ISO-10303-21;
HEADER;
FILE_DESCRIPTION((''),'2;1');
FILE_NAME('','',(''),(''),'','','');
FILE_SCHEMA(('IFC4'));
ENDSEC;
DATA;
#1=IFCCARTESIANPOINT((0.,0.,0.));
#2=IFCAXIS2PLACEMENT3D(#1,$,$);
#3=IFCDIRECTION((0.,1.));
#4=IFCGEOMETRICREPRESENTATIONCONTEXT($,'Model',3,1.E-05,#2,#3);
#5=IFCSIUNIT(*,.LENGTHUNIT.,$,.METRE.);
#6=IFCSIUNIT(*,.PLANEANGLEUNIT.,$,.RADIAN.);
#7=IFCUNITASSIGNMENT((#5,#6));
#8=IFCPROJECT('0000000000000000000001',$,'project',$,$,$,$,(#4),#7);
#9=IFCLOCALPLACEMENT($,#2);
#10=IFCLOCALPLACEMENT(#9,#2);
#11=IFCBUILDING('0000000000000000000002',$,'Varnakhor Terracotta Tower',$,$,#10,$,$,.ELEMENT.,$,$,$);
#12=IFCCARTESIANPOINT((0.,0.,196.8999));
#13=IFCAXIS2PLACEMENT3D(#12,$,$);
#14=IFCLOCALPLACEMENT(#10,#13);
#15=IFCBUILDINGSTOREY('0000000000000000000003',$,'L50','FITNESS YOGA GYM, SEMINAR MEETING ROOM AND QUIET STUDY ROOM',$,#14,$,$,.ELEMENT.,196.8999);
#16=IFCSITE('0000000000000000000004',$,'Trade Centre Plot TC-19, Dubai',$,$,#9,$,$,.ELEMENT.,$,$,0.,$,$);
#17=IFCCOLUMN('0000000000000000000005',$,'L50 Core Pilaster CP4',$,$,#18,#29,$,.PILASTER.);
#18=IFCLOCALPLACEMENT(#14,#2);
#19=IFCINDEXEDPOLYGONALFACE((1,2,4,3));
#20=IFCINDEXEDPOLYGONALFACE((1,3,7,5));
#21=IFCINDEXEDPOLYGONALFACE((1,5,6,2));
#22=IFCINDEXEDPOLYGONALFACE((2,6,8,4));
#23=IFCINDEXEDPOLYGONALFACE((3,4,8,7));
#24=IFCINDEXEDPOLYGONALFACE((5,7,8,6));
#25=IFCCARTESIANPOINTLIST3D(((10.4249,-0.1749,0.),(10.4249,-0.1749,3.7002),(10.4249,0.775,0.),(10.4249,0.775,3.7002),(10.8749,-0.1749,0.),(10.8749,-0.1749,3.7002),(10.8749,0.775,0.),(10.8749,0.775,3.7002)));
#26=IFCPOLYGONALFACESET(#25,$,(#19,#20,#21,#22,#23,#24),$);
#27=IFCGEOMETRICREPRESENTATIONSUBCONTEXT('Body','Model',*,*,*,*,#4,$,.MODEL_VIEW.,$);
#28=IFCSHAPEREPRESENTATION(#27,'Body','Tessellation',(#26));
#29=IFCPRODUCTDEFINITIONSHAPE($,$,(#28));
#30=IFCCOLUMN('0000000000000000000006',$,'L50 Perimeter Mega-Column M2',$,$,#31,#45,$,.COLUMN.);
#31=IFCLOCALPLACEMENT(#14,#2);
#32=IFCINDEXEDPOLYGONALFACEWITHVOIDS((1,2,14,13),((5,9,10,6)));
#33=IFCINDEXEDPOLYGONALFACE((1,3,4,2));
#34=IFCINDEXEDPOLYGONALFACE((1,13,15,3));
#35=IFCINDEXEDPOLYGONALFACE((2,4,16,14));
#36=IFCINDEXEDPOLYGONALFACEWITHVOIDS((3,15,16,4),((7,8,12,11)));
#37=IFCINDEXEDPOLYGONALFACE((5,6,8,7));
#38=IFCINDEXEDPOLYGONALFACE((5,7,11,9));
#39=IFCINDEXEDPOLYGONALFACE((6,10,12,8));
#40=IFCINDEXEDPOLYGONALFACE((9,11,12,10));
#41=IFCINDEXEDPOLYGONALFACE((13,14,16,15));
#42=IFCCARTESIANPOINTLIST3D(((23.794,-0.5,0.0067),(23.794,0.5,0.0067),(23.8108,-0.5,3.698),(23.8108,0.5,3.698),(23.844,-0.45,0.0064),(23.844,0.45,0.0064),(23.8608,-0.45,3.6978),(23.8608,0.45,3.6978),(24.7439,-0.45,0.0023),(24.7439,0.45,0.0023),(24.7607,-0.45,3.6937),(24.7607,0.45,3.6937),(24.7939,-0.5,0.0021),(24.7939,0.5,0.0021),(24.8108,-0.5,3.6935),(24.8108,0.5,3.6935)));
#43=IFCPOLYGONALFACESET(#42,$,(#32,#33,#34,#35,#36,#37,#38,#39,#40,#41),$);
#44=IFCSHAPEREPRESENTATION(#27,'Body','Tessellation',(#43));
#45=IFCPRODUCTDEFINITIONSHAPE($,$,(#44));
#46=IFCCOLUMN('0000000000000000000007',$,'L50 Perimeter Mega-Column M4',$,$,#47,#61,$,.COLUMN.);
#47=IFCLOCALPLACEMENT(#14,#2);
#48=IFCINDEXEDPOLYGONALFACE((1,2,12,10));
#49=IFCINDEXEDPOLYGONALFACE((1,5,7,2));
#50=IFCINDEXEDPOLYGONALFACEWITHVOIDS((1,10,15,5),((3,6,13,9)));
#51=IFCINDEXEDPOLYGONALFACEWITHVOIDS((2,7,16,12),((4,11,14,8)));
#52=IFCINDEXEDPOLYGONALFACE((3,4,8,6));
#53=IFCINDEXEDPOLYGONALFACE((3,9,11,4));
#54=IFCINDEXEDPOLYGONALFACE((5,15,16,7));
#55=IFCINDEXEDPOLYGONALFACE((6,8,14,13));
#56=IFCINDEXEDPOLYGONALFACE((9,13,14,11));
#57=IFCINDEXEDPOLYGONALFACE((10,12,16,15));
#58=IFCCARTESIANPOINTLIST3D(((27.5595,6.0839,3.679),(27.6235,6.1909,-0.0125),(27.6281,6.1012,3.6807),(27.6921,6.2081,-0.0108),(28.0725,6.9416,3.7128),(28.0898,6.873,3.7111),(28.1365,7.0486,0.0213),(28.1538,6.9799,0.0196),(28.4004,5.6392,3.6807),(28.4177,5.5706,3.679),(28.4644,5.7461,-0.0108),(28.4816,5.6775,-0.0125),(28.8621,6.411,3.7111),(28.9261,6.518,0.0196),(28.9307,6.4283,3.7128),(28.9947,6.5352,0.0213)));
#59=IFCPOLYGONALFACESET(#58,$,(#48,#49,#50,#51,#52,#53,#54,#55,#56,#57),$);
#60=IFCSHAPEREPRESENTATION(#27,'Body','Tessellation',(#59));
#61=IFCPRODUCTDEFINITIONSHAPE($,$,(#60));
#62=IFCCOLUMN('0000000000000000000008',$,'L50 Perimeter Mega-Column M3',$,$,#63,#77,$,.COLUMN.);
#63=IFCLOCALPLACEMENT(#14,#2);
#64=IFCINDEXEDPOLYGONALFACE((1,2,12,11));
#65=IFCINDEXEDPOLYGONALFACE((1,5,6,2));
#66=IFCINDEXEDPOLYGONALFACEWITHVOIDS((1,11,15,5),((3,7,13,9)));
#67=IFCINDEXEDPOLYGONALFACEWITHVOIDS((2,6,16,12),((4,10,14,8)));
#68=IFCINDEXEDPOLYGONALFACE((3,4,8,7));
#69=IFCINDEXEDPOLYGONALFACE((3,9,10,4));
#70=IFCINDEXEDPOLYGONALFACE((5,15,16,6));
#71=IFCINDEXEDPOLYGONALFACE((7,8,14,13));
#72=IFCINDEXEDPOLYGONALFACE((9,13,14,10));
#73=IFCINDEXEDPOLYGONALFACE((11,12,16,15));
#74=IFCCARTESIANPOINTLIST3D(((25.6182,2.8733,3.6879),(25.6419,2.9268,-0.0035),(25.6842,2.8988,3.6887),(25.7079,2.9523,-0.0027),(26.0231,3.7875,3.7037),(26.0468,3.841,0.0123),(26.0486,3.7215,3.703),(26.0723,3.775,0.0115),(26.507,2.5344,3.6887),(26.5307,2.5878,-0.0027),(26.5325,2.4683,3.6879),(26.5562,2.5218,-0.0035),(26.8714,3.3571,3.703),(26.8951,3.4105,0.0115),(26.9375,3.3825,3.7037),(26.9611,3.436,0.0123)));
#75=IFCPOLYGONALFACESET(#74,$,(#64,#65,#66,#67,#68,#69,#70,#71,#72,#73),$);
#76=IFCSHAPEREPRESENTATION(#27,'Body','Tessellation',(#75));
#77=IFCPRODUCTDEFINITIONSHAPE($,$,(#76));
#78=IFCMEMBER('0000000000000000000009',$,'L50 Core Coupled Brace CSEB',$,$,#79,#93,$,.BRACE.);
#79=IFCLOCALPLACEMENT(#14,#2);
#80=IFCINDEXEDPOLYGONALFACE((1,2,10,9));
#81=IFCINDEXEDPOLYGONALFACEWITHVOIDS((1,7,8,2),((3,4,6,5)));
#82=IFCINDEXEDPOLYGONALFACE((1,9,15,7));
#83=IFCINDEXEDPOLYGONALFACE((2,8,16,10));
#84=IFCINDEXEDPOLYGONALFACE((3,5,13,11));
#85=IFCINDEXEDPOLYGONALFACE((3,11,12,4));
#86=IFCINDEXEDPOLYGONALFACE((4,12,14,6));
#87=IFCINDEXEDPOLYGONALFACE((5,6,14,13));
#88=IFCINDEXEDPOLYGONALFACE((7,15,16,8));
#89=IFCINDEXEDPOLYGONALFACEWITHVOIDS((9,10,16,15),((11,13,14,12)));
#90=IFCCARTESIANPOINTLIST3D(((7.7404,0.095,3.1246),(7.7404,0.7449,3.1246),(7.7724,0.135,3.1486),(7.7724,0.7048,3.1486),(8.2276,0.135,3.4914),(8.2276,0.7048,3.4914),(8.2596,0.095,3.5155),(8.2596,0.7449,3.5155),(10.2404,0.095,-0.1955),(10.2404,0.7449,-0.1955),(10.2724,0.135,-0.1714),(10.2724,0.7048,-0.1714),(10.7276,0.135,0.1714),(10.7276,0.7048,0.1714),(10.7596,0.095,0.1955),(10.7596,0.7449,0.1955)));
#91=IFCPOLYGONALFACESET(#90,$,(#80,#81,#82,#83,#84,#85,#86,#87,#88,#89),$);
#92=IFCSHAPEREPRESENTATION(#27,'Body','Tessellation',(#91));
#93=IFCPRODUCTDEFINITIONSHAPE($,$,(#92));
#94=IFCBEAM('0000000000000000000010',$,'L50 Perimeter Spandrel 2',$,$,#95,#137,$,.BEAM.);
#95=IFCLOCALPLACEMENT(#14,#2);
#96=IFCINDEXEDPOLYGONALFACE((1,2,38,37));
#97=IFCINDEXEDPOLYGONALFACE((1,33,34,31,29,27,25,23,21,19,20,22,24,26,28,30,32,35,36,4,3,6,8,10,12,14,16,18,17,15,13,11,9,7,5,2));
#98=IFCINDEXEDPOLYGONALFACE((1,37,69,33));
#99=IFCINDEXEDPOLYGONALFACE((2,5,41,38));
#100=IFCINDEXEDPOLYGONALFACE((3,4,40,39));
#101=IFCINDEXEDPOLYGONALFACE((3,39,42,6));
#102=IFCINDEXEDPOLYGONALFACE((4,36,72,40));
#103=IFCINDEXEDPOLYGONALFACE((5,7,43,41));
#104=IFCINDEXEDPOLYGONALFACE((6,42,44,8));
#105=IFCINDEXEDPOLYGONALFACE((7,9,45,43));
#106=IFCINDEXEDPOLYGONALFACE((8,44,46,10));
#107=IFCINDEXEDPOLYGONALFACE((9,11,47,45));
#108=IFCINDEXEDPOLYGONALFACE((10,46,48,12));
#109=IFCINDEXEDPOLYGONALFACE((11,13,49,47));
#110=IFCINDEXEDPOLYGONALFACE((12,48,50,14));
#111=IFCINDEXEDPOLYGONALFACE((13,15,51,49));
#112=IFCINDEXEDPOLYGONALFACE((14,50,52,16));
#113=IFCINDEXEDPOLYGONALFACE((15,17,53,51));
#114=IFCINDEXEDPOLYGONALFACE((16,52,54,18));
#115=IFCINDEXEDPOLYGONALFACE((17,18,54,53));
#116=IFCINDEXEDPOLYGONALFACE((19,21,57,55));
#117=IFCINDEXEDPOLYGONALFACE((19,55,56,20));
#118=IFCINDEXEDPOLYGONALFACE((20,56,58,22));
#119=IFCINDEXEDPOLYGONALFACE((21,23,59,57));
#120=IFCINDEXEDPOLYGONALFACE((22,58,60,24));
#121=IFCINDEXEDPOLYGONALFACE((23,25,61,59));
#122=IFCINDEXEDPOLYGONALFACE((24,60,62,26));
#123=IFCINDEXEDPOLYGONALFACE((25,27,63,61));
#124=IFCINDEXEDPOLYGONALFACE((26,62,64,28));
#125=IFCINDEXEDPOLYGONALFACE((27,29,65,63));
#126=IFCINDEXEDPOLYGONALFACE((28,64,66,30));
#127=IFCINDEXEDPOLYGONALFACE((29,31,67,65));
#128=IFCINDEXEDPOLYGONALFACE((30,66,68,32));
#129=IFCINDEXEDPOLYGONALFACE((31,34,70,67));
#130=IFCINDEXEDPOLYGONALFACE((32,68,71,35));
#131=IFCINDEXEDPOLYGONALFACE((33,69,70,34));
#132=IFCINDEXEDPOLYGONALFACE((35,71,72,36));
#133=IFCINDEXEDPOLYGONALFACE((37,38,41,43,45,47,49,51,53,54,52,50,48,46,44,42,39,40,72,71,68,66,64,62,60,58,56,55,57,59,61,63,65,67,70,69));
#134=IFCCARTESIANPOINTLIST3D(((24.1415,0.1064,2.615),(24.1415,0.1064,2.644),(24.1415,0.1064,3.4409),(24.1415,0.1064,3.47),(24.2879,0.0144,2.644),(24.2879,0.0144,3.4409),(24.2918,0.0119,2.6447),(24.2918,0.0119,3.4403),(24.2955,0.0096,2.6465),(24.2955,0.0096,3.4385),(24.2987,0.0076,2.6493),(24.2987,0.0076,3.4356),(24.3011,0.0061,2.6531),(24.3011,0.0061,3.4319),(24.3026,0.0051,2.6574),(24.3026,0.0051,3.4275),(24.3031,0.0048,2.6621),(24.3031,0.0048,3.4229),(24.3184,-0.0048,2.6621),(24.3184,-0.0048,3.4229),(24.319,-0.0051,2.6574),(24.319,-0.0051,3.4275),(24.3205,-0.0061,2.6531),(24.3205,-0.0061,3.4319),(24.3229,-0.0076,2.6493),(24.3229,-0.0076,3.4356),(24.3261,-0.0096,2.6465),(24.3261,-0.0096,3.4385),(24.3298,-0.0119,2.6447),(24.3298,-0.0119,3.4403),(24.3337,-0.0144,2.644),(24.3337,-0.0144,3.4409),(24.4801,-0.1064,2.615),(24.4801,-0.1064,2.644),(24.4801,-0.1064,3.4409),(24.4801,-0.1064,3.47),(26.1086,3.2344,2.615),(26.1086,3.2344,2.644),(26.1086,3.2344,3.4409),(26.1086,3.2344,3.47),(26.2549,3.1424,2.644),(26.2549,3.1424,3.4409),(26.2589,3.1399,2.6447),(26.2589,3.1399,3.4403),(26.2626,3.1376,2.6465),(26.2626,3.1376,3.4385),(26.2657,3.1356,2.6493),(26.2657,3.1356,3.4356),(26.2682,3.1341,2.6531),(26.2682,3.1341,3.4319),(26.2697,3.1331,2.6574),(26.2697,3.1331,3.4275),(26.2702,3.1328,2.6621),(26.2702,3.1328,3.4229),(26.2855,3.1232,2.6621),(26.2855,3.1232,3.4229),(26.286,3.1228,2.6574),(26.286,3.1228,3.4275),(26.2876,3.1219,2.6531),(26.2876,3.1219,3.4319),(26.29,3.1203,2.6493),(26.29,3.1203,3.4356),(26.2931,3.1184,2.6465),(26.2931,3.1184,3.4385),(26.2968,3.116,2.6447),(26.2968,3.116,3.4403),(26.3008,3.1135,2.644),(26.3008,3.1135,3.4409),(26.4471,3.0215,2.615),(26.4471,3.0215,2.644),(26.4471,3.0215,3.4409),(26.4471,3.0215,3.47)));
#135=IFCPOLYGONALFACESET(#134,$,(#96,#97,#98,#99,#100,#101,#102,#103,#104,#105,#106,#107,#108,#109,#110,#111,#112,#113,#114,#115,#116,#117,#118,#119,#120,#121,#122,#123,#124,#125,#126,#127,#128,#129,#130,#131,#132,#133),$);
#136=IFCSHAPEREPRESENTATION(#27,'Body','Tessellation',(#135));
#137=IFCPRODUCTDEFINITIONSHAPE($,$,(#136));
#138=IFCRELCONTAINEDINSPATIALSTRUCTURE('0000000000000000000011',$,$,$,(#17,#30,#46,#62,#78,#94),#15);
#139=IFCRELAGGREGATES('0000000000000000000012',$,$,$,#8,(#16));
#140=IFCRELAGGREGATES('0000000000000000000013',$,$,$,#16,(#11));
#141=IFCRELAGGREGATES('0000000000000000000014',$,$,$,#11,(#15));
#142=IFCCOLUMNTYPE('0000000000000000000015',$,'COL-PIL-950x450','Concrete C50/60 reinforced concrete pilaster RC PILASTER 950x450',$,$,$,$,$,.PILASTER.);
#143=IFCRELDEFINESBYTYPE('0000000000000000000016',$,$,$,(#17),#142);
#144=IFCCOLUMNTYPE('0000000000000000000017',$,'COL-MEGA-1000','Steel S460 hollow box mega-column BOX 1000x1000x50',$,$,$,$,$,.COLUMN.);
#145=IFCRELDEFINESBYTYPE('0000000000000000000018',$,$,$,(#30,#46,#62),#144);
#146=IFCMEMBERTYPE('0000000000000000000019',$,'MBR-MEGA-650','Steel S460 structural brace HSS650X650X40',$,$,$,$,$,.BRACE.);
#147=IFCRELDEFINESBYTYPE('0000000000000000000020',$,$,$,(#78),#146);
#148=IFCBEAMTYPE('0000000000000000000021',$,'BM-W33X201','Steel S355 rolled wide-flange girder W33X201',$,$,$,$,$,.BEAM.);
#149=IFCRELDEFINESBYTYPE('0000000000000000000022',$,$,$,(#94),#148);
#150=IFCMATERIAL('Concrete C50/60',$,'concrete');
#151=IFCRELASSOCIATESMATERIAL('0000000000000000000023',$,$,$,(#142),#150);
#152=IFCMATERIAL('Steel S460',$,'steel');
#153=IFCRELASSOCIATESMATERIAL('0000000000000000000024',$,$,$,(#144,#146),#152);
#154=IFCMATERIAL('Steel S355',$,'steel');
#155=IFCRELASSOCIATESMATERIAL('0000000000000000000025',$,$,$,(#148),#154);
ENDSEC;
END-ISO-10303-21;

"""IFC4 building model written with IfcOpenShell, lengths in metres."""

from ifc_helpers import new_model, si_unit, direction, frame, origin, origin_2d, place, context, subcontext, project, spatial, rectangle, hollow_rectangle, i_section, extrude, source, transform, mapped, material, material_profile, profile_set, type_object, type_shapes, element, save


model = new_model("IFC4")

# Units and contexts
model_context = context("Model", 3, precision=1e-05, world=origin(), true_north=direction((0.0, 1.0)))
body_context = subcontext(model_context, "Body", "Model", "MODEL_VIEW")
ifc_project = project(units=[si_unit("LENGTHUNIT", "METRE"), si_unit("PLANEANGLEUNIT", "RADIAN")], contexts=[model_context])

# Site, building, storey
site_placement = place(None, origin())
site = spatial("IfcSite", under=ifc_project, at=site_placement, Name="Trade Centre Plot TC-19, Dubai", CompositionType="ELEMENT", RefElevation=0.0)
building_placement = place(site_placement, origin())
building = spatial("IfcBuilding", under=site, at=building_placement, Name="Varnakhor Terracotta Tower", CompositionType="ELEMENT")
storey_placement = place(building_placement, frame((0.0, 0.0, 196.8999)))
storey = spatial("IfcBuildingStorey", under=building, at=storey_placement, Name="L50", Description="FITNESS YOGA GYM, SEMINAR MEETING ROOM AND QUIET STUDY ROOM", CompositionType="ELEMENT", Elevation=196.8999)

# Columns
ifc_material_1 = material(Name="Concrete C50/60", Category="concrete")
ifc_material_profile_1 = material_profile(ifc_material_1, rectangle(XDim=0.45, YDim=0.95, at=origin_2d()), Name="RC PILASTER 950x450")
ifc_profile_set_1 = profile_set([ifc_material_profile_1], Name="Concrete C50/60")
column_type_1 = type_object("IfcColumnType", Name="COL-PIL-950x450", Description="Concrete C50/60 reinforced concrete pilaster RC PILASTER 950x450", PredefinedType="PILASTER", material=ifc_profile_set_1)
shared_shape_1 = source(origin(), body_context, "Body", "SweptSolid", [
    extrude(rectangle(XDim=0.45, YDim=0.95, at=origin_2d()), origin(), (0.0, 0.0, 1.0), 3.7002),
])
column_1_placement = place(storey_placement, frame((10.6499, 0.3, 0.0), z_axis=(0.0, 0.0, 1.0), x_axis=(1.0, 0.0, 0.0)))
element("IfcColumn", 1, at=column_1_placement, inside=storey, type_object=column_type_1, Name="L50 Core Pilaster CP4", PredefinedType="PILASTER", context=body_context, shape_type="MappedRepresentation", body=[
    mapped(shared_shape_1, transform((0.0, 0.0, 0.0), scale=1.0)),
])
ifc_material_2 = material(Name="Steel S460", Category="steel")
ifc_material_profile_2 = material_profile(ifc_material_2, hollow_rectangle(XDim=1.0, YDim=1.0, WallThickness=0.05, at=origin_2d()), Name="BOX 1000x1000x50")
ifc_profile_set_2 = profile_set([ifc_material_profile_2], Name="Steel S460")
column_type_2 = type_object("IfcColumnType", Name="COL-MEGA-1000", Description="Steel S460 hollow box mega-column BOX 1000x1000x50", PredefinedType="COLUMN", material=ifc_profile_set_2)
shared_shape_2 = source(origin(), body_context, "Body", "SweptSolid", [
    extrude(hollow_rectangle(XDim=1.0, YDim=1.0, WallThickness=0.05, at=origin_2d()), origin(), (0.0, 0.0, 1.0), 3.6914),
])
type_shapes(column_type_2, [shared_shape_2])
column_2_placement = place(storey_placement, frame((24.2939, 0.0, 0.0044), z_axis=(0.004563, 0.0, 0.99999), x_axis=(0.0, 1.0, 0.0)))
element("IfcColumn", 2, at=column_2_placement, inside=storey, type_object=column_type_2, Name="L50 Perimeter Mega-Column M2", PredefinedType="COLUMN", context=body_context, shape_type="MappedRepresentation", body=[
    mapped(shared_shape_2, transform((0.0, 0.0, 0.0), scale=1.0)),
])
shared_shape_3 = source(origin(), body_context, "Body", "SweptSolid", [
    extrude(hollow_rectangle(XDim=1.0, YDim=1.0, WallThickness=0.05, at=origin_2d()), origin(), (0.0, 0.0, 1.0), 3.6936),
])
column_3_placement = place(storey_placement, frame((28.3091, 6.363, 0.0044), z_axis=(-0.017318, -0.028952, 0.999431), x_axis=(0.858184, -0.513343, 0.0)))
element("IfcColumn", 3, at=column_3_placement, inside=storey, type_object=column_type_2, Name="L50 Perimeter Mega-Column M4", PredefinedType="COLUMN", context=body_context, shape_type="MappedRepresentation", body=[
    mapped(shared_shape_3, transform((0.0, 0.0, 0.0), scale=1.0)),
])
shared_shape_4 = source(origin(), body_context, "Body", "SweptSolid", [
    extrude(hollow_rectangle(XDim=1.0, YDim=1.0, WallThickness=0.05, at=origin_2d()), origin(), (0.0, 0.0, 1.0), 3.6919),
])
column_4_placement = place(storey_placement, frame((26.3015, 3.1814, 0.0044), z_axis=(-0.006415, -0.014482, 0.999875), x_axis=(0.914327, -0.404976, 0.0)))
element("IfcColumn", 4, at=column_4_placement, inside=storey, type_object=column_type_2, Name="L50 Perimeter Mega-Column M3", PredefinedType="COLUMN", context=body_context, shape_type="MappedRepresentation", body=[
    mapped(shared_shape_4, transform((0.0, 0.0, 0.0), scale=1.0)),
])

# Member
ifc_material_profile_3 = material_profile(ifc_material_2, hollow_rectangle(XDim=0.6499, YDim=0.6499, WallThickness=0.04, at=origin_2d()), Name="HSS650X650X40")
ifc_profile_set_3 = profile_set([ifc_material_profile_3], Name="Steel S460")
member_type_1 = type_object("IfcMemberType", Name="MBR-MEGA-650", Description="Steel S460 structural brace HSS650X650X40", PredefinedType="BRACE", material=ifc_profile_set_3)
shared_shape_5 = source(origin(), body_context, "Body", "SweptSolid", [
    extrude(hollow_rectangle(XDim=0.6499, YDim=0.6499, WallThickness=0.04, at=origin_2d()), origin(), (0.0, 0.0, 1.0), 4.156),
])
member_1_placement = place(storey_placement, frame((10.5, 0.4199, 0.0), z_axis=(-0.601531, 0.0, 0.79885), x_axis=(0.0, -1.0, 0.0)))
element("IfcMember", 5, at=member_1_placement, inside=storey, type_object=member_type_1, Name="L50 Core Coupled Brace CSEB", PredefinedType="BRACE", context=body_context, shape_type="MappedRepresentation", body=[
    mapped(shared_shape_5, transform((0.0, 0.0, 0.0), scale=1.0)),
])

# Beam
ifc_material_3 = material(Name="Steel S355", Category="steel")
ifc_material_profile_4 = material_profile(ifc_material_3, i_section(OverallWidth=0.3999, OverallDepth=0.855, WebThickness=0.0181, FlangeThickness=0.0291, FilletRadius=0.0181, at=origin_2d()), Name="W33X201")
ifc_profile_set_4 = profile_set([ifc_material_profile_4], Name="Steel S355")
beam_type_1 = type_object("IfcBeamType", Name="BM-W33X201", Description="Steel S355 rolled wide-flange girder W33X201", PredefinedType="BEAM", material=ifc_profile_set_4)
shared_shape_6 = source(origin(), body_context, "Body", "SweptSolid", [
    extrude(i_section(OverallWidth=0.3999, OverallDepth=0.855, WebThickness=0.0181, FlangeThickness=0.0291, FilletRadius=0.0181, at=origin_2d()), origin(), (0.0, 0.0, 1.0), 3.6951),
])
beam_1_placement = place(storey_placement, frame((24.3108, 0.0, 3.0425), z_axis=(0.532349, 0.846525, 0.0), x_axis=(-0.846525, 0.532349, 0.0)))
element("IfcBeam", 6, at=beam_1_placement, inside=storey, type_object=beam_type_1, Name="L50 Perimeter Spandrel 2", PredefinedType="BEAM", context=body_context, shape_type="MappedRepresentation", body=[
    mapped(shared_shape_6, transform((0.0, 0.0, 0.0), scale=1.0)),
])

save(model, "model.ifc")
